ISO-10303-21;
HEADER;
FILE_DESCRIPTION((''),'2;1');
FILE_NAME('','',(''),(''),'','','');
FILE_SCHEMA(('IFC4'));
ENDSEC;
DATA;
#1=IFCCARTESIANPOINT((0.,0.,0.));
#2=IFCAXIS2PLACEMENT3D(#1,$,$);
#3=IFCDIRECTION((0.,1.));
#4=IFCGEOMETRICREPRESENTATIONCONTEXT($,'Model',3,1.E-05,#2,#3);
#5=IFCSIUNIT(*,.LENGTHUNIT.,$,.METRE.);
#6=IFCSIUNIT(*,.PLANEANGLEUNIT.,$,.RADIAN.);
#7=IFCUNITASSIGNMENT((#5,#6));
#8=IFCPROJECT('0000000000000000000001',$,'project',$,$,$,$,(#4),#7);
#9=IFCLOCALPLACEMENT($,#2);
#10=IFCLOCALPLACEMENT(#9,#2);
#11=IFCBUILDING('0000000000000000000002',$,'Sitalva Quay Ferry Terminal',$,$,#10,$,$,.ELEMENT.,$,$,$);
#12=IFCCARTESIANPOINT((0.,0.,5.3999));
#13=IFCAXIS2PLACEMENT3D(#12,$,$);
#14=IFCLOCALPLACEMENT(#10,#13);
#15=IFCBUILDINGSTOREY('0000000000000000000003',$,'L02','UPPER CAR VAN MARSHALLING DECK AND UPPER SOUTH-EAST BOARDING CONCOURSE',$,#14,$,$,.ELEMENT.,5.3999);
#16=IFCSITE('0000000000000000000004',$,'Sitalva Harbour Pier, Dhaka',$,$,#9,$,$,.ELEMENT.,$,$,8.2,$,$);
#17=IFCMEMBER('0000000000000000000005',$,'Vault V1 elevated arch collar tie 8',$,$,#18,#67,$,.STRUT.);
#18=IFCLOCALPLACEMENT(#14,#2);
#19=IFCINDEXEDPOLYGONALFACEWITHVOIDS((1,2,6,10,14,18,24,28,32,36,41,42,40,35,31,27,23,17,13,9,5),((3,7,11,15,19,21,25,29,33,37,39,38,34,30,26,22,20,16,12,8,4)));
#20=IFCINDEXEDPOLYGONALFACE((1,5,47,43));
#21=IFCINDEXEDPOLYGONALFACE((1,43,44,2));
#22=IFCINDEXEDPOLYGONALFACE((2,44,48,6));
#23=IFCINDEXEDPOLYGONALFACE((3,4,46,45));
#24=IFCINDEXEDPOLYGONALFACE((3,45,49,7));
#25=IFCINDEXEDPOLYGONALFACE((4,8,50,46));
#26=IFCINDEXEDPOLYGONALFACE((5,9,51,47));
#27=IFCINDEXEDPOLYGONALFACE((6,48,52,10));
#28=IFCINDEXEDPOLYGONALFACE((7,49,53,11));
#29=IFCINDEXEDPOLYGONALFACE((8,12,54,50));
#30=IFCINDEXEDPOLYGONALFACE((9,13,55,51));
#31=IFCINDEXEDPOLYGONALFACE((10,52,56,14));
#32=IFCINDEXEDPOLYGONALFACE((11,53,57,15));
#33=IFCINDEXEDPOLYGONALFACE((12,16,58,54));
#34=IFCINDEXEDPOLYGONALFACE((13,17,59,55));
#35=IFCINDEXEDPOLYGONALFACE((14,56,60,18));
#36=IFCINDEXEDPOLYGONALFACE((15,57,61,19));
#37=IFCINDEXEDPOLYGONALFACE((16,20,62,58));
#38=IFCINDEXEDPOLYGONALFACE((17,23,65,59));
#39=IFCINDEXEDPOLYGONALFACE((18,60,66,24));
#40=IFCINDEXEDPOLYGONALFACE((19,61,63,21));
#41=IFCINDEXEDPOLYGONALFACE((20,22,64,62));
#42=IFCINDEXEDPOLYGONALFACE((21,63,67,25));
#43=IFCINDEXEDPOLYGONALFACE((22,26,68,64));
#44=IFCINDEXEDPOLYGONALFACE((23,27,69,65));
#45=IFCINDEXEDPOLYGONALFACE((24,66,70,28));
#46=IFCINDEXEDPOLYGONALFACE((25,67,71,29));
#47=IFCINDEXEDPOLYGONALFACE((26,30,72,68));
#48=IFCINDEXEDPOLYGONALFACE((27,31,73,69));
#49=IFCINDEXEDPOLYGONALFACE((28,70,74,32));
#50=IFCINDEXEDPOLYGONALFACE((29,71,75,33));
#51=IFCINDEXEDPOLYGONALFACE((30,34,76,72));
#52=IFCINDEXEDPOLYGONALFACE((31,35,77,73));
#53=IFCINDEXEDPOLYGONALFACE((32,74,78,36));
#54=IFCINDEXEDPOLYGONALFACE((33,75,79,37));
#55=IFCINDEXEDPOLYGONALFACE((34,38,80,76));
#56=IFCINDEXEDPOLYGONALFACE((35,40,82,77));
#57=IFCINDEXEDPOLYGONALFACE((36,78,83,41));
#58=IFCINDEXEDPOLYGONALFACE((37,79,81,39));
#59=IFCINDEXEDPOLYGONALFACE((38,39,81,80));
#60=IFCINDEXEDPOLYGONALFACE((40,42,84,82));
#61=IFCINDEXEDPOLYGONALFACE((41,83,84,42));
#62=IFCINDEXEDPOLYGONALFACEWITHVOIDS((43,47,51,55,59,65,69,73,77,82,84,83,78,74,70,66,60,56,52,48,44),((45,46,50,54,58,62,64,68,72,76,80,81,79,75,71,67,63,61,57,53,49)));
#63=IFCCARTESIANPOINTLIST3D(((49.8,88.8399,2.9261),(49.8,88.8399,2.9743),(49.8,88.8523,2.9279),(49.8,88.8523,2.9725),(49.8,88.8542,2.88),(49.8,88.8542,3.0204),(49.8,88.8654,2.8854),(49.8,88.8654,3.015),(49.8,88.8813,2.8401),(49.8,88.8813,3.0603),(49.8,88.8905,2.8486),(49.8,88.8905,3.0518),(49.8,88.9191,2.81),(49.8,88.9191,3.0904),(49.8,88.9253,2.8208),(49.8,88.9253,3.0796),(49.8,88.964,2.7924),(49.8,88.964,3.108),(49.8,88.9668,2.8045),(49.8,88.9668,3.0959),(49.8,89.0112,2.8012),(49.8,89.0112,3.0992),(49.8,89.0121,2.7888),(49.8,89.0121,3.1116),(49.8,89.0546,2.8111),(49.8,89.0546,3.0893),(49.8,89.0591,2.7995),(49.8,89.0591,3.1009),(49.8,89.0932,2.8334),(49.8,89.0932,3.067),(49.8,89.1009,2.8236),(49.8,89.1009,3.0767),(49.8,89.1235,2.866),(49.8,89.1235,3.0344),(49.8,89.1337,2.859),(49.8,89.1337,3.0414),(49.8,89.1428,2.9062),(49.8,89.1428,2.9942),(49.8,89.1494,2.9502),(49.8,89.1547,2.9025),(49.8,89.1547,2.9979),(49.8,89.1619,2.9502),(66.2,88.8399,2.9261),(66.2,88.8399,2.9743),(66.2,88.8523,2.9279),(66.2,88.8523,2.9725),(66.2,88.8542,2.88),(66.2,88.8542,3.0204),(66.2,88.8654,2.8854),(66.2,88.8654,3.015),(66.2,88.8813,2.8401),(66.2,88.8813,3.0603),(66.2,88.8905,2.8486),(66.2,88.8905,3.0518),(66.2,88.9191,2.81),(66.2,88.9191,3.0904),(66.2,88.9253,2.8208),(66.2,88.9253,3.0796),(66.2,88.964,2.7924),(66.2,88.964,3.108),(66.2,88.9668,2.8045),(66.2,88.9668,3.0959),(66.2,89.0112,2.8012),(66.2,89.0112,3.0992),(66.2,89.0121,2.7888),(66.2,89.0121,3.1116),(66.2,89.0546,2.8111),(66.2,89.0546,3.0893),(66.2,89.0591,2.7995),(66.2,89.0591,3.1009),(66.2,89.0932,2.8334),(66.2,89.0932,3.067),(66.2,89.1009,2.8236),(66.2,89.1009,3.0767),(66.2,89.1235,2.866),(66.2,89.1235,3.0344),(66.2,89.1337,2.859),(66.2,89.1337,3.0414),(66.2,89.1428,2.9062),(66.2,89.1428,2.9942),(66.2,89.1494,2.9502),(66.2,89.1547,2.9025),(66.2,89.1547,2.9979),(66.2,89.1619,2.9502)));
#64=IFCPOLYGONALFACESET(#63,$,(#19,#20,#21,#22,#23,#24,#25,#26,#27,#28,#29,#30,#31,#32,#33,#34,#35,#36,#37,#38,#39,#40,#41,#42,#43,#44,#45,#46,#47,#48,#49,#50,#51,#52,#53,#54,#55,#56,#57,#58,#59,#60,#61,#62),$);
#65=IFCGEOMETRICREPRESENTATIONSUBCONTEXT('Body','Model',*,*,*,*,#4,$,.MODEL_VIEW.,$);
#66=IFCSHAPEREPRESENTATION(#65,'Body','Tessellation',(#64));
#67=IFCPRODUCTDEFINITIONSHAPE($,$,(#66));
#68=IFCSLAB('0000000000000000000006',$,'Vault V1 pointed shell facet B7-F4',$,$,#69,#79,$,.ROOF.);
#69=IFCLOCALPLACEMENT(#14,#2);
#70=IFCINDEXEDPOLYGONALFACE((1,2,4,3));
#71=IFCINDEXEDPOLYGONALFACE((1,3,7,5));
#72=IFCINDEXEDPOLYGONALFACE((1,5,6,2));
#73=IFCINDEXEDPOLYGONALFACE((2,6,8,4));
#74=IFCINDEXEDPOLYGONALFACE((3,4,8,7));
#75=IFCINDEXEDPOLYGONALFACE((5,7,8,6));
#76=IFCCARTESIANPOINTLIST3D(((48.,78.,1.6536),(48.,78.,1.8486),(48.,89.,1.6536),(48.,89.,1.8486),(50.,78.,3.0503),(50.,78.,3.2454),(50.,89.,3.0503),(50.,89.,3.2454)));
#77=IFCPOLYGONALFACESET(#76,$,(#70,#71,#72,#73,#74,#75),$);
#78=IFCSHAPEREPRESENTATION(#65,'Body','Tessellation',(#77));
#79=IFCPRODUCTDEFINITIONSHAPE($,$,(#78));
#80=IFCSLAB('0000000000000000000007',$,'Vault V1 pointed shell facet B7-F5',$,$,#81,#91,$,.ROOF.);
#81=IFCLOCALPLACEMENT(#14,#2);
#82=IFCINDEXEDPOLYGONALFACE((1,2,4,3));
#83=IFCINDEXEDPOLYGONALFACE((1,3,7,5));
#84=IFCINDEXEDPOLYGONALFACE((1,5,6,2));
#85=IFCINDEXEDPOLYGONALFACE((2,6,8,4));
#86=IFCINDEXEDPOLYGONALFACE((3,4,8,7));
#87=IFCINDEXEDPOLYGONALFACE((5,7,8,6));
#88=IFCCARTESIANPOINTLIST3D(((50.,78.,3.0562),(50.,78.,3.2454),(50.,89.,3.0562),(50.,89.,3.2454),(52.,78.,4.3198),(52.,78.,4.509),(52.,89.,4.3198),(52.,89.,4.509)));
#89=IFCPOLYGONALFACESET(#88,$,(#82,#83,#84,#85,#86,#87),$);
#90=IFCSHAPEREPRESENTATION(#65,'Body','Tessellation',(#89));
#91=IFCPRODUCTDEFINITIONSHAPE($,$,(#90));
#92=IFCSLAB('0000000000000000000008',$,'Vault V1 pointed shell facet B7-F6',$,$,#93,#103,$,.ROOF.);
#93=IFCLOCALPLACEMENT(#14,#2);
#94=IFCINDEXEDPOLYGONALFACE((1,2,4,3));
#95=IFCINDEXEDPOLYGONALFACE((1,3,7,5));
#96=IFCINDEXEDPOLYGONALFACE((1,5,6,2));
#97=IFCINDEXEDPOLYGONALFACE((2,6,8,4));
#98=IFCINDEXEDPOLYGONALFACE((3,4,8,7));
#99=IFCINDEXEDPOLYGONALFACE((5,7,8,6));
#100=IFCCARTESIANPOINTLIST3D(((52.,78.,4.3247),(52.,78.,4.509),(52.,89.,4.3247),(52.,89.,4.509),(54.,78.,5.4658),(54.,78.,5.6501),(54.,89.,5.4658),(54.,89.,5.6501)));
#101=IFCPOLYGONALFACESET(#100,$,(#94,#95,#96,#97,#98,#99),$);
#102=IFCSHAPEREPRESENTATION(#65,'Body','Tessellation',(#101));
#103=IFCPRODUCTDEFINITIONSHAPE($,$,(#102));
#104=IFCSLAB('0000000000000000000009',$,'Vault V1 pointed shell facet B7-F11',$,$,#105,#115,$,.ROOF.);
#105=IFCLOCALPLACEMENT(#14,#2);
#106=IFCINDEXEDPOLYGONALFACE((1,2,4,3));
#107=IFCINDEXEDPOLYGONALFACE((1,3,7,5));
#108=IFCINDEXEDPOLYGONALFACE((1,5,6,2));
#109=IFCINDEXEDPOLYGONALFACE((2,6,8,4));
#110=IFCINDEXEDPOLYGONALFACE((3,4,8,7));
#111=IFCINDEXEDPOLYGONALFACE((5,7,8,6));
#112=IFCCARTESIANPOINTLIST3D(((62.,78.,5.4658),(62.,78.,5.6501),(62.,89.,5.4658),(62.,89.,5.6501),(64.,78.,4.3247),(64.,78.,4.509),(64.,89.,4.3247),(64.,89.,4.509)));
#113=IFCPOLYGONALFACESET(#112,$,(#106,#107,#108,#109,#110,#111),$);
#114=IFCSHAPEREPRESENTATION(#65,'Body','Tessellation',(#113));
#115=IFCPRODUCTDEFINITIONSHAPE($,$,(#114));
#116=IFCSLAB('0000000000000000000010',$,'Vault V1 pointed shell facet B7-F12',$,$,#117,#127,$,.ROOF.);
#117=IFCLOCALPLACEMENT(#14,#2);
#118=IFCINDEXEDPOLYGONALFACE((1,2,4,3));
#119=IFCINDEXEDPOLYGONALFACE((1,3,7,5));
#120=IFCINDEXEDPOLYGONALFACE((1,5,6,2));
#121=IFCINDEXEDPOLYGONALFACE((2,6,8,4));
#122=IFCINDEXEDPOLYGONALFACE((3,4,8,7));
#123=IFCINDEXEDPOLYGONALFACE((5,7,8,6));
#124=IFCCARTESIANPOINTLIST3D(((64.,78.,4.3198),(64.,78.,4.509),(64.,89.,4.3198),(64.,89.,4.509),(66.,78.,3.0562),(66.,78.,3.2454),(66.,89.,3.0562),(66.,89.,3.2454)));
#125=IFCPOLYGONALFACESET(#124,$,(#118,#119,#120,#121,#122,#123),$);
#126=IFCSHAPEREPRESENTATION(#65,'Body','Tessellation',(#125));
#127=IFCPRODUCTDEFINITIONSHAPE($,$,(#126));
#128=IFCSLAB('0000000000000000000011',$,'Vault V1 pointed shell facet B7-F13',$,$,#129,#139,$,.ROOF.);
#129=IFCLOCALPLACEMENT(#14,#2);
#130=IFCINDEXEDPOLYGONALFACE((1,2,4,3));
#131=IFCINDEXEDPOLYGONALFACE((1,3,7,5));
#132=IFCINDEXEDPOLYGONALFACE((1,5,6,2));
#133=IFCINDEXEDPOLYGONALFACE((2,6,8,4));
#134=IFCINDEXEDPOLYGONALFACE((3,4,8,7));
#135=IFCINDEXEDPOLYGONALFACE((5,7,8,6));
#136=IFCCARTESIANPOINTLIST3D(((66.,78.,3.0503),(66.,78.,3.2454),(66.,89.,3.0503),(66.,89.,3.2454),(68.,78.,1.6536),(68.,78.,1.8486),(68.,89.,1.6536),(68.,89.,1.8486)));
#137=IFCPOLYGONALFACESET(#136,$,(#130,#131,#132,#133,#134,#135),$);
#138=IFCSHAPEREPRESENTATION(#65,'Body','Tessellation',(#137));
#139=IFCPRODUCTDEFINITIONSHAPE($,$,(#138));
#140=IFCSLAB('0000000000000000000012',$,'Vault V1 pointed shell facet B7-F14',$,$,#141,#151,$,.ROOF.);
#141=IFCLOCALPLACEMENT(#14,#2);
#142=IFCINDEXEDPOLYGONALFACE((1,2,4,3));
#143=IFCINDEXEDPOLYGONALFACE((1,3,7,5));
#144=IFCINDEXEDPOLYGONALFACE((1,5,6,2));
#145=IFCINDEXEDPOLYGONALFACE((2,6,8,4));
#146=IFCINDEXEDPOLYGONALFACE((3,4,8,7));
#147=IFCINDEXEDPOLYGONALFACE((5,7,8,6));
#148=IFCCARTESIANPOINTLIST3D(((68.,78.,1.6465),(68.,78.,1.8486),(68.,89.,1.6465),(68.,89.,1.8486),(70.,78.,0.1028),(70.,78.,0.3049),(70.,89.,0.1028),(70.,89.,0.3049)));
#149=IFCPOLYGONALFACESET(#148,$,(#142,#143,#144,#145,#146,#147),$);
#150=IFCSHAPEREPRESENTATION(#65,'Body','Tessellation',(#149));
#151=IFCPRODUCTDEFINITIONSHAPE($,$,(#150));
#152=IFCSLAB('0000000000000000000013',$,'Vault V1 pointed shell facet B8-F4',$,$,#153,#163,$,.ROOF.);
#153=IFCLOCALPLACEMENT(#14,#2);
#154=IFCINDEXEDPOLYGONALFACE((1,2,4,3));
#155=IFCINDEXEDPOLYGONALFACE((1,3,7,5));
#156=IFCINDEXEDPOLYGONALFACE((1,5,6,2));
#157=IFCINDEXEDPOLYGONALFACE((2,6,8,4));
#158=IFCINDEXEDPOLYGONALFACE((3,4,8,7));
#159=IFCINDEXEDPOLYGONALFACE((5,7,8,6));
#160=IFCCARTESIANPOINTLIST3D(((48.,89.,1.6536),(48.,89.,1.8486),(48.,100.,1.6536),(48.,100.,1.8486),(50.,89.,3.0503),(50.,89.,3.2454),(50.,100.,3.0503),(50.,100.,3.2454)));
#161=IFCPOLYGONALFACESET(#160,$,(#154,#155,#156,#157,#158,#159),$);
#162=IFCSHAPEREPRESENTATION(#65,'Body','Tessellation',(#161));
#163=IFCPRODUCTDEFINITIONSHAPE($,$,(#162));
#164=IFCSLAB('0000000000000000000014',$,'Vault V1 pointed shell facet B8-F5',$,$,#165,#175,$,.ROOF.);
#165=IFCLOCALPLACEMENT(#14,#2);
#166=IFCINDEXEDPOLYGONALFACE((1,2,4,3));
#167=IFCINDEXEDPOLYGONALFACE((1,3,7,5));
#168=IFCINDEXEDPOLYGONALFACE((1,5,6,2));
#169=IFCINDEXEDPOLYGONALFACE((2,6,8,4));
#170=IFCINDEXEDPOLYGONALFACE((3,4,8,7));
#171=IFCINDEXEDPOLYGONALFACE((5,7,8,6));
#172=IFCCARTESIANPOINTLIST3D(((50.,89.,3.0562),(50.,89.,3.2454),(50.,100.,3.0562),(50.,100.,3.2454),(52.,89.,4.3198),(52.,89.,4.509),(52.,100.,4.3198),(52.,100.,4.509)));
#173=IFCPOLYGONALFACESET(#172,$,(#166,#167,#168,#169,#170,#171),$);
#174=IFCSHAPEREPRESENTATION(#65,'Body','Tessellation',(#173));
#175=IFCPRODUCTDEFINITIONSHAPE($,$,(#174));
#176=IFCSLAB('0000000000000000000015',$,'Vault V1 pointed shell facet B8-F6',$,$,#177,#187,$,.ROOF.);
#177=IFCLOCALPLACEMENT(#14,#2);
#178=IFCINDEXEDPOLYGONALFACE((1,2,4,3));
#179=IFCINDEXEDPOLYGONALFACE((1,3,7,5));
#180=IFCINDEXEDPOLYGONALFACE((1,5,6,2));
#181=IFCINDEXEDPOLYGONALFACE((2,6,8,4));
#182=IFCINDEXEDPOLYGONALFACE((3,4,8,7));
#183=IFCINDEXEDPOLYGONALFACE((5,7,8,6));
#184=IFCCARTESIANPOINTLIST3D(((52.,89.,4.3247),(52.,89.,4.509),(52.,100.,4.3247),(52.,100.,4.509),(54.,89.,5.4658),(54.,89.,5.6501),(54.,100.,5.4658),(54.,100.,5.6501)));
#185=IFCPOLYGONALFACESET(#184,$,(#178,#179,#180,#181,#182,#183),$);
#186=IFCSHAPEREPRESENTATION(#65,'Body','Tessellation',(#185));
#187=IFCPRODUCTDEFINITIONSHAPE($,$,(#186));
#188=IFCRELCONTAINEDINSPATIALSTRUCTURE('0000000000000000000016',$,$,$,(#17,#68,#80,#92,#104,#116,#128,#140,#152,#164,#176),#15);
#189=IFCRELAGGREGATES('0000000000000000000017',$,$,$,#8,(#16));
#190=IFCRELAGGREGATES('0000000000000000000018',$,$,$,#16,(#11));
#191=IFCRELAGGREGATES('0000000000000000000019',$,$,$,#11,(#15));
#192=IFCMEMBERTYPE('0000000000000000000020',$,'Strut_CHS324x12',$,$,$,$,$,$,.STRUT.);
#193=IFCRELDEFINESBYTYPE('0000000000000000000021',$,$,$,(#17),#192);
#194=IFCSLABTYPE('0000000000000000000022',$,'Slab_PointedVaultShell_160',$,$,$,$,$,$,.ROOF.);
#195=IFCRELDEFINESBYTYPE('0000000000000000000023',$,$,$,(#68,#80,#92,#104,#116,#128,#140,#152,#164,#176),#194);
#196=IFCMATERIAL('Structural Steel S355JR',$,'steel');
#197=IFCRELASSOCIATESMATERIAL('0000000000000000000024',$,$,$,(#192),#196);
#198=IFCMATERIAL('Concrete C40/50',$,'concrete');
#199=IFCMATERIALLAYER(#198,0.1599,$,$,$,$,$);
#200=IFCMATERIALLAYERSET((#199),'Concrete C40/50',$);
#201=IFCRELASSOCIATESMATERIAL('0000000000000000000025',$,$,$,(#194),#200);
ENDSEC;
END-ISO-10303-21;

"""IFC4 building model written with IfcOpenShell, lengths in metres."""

from ifc_helpers import new_model, si_unit, direction, frame, origin, origin_2d, place, context, subcontext, project, spatial, polyline, hollow_circle, outline, extrude, material, layer, layer_set, material_profile, profile_set, type_object, element, save


model = new_model("IFC4")

# Units and contexts
model_context = context("Model", 3, precision=1e-05, world=origin(), true_north=direction((0.0, 1.0)))
body_context = subcontext(model_context, "Body", "Model", "MODEL_VIEW")
ifc_project = project(units=[si_unit("LENGTHUNIT", "METRE"), si_unit("PLANEANGLEUNIT", "RADIAN")], contexts=[model_context])

# Site, building, storey
site_placement = place(None, origin())
site = spatial("IfcSite", under=ifc_project, at=site_placement, Name="Sitalva Harbour Pier, Dhaka", CompositionType="ELEMENT", RefElevation=8.2)
building_placement = place(site_placement, origin())
building = spatial("IfcBuilding", under=site, at=building_placement, Name="Sitalva Quay Ferry Terminal", CompositionType="ELEMENT")
storey_placement = place(building_placement, frame((0.0, 0.0, 5.3999)))
storey = spatial("IfcBuildingStorey", under=building, at=storey_placement, Name="L02", Description="UPPER CAR VAN MARSHALLING DECK AND UPPER SOUTH-EAST BOARDING CONCOURSE", CompositionType="ELEMENT", Elevation=5.3999)

# Member
ifc_material_1 = material(Name="Structural Steel S355JR", Category="steel")
ifc_material_profile_1 = material_profile(ifc_material_1, hollow_circle(Radius=0.1619, WallThickness=0.0125, at=origin_2d()), Name="CHS324x12.5")
ifc_profile_set_1 = profile_set([ifc_material_profile_1], Name="Structural Steel S355JR")
member_type = type_object("IfcMemberType", Name="Strut_CHS324x12", PredefinedType="STRUT", material=ifc_profile_set_1)
for number, where, z_axis, x_axis, name in (
    (1, (49.8, 89.0, 2.9502), (1.0, 0.0, 0.0), (0.0, 1.0, 0.0), "Vault V1 elevated arch collar tie 8"),
):
    element("IfcMember", number, at=place(storey_placement, frame(where, z_axis=z_axis, x_axis=x_axis)), inside=storey, type_object=member_type, Name=name, PredefinedType="STRUT", context=body_context, shape_type="SweptSolid", body=[
        extrude(hollow_circle(Radius=0.1619, WallThickness=0.0125, at=origin_2d()), origin(), (0.0, 0.0, 1.0), 16.3999),
    ])

# Slabs
ifc_material_2 = material(Name="Concrete C40/50", Category="concrete")
ifc_layer = layer(ifc_material_2, 0.1599)
ifc_layer_set = layer_set([ifc_layer], Name="Concrete C40/50")
slab_type = type_object("IfcSlabType", Name="Slab_PointedVaultShell_160", PredefinedType="ROOF", material=ifc_layer_set)
slab_1_placement = place(storey_placement, frame((48.0, 78.0, 1.8486), z_axis=(-0.572562, 0.0, 0.819861), x_axis=(0.819861, 0.0, 0.572562)))
element("IfcSlab", 2, at=slab_1_placement, inside=storey, type_object=slab_type, Name="Vault V1 pointed shell facet B7-F4", PredefinedType="ROOF", context=body_context, shape_type="SweptSolid", body=[
    extrude(outline(polyline([(0.0, 0.0), (2.4394, 0.0), (2.4394, 11.0), (0.0, 11.0), (0.0, 0.0)])), origin(), (-0.572562, 0.0, -0.819861), 0.1951),
])
slab_2_placement = place(storey_placement, frame((50.0, 78.0, 3.2454), z_axis=(-0.534148, 0.0, 0.845391), x_axis=(0.845391, 0.0, 0.534148)))
element("IfcSlab", 3, at=slab_2_placement, inside=storey, type_object=slab_type, Name="Vault V1 pointed shell facet B7-F5", PredefinedType="ROOF", context=body_context, shape_type="SweptSolid", body=[
    extrude(outline(polyline([(0.0, 0.0), (2.3658, 0.0), (2.3658, 11.0), (0.0, 11.0), (0.0, 0.0)])), origin(), (-0.534148, 0.0, -0.845391), 0.1892),
])
slab_3_placement = place(storey_placement, frame((52.0, 78.0, 4.509), z_axis=(-0.495568, 0.0, 0.868569), x_axis=(0.868569, 0.0, 0.495568)))
element("IfcSlab", 4, at=slab_3_placement, inside=storey, type_object=slab_type, Name="Vault V1 pointed shell facet B7-F6", PredefinedType="ROOF", context=body_context, shape_type="SweptSolid", body=[
    extrude(outline(polyline([(0.0, 0.0), (2.3026, 0.0), (2.3026, 11.0), (0.0, 11.0), (0.0, 0.0)])), origin(), (-0.495568, 0.0, -0.868569), 0.1843),
])
slab_4_placement = place(storey_placement, frame((62.0, 78.0, 5.6501), z_axis=(0.495568, 0.0, 0.868569), x_axis=(0.868569, 0.0, -0.495568)))
element("IfcSlab", 5, at=slab_4_placement, inside=storey, type_object=slab_type, Name="Vault V1 pointed shell facet B7-F11", PredefinedType="ROOF", context=body_context, shape_type="SweptSolid", body=[
    extrude(outline(polyline([(0.0, 0.0), (2.3026, 0.0), (2.3026, 11.0), (0.0, 11.0), (0.0, 0.0)])), origin(), (0.495568, 0.0, -0.868569), 0.1843),
])
slab_5_placement = place(storey_placement, frame((64.0, 78.0, 4.509), z_axis=(0.534148, 0.0, 0.845391), x_axis=(0.845391, 0.0, -0.534148)))
element("IfcSlab", 6, at=slab_5_placement, inside=storey, type_object=slab_type, Name="Vault V1 pointed shell facet B7-F12", PredefinedType="ROOF", context=body_context, shape_type="SweptSolid", body=[
    extrude(outline(polyline([(0.0, 0.0), (2.3658, 0.0), (2.3658, 11.0), (0.0, 11.0), (0.0, 0.0)])), origin(), (0.534148, 0.0, -0.845391), 0.1892),
])
slab_6_placement = place(storey_placement, frame((66.0, 78.0, 3.2454), z_axis=(0.572562, 0.0, 0.819861), x_axis=(0.819861, 0.0, -0.572562)))
element("IfcSlab", 7, at=slab_6_placement, inside=storey, type_object=slab_type, Name="Vault V1 pointed shell facet B7-F13", PredefinedType="ROOF", context=body_context, shape_type="SweptSolid", body=[
    extrude(outline(polyline([(0.0, 0.0), (2.4394, 0.0), (2.4394, 11.0), (0.0, 11.0), (0.0, 0.0)])), origin(), (0.572562, 0.0, -0.819861), 0.1951),
])
slab_7_placement = place(storey_placement, frame((68.0, 78.0, 1.8486), z_axis=(0.611013, 0.0, 0.791621), x_axis=(0.791621, 0.0, -0.611013)))
element("IfcSlab", 8, at=slab_7_placement, inside=storey, type_object=slab_type, Name="Vault V1 pointed shell facet B7-F14", PredefinedType="ROOF", context=body_context, shape_type="SweptSolid", body=[
    extrude(outline(polyline([(0.0, 0.0), (2.5265, 0.0), (2.5265, 11.0), (0.0, 11.0), (0.0, 0.0)])), origin(), (0.611013, 0.0, -0.791621), 0.2021),
])
slab_8_placement = place(storey_placement, frame((48.0, 89.0, 1.8486), z_axis=(-0.572562, 0.0, 0.819861), x_axis=(0.819861, 0.0, 0.572562)))
element("IfcSlab", 9, at=slab_8_placement, inside=storey, type_object=slab_type, Name="Vault V1 pointed shell facet B8-F4", PredefinedType="ROOF", context=body_context, shape_type="SweptSolid", body=[
    extrude(outline(polyline([(0.0, 0.0), (2.4394, 0.0), (2.4394, 11.0), (0.0, 11.0), (0.0, 0.0)])), origin(), (-0.572562, 0.0, -0.819861), 0.1951),
])
slab_9_placement = place(storey_placement, frame((50.0, 89.0, 3.2454), z_axis=(-0.534148, 0.0, 0.845391), x_axis=(0.845391, 0.0, 0.534148)))
element("IfcSlab", 10, at=slab_9_placement, inside=storey, type_object=slab_type, Name="Vault V1 pointed shell facet B8-F5", PredefinedType="ROOF", context=body_context, shape_type="SweptSolid", body=[
    extrude(outline(polyline([(0.0, 0.0), (2.3658, 0.0), (2.3658, 11.0), (0.0, 11.0), (0.0, 0.0)])), origin(), (-0.534148, 0.0, -0.845391), 0.1892),
])
slab_10_placement = place(storey_placement, frame((52.0, 89.0, 4.509), z_axis=(-0.495568, 0.0, 0.868569), x_axis=(0.868569, 0.0, 0.495568)))
element("IfcSlab", 11, at=slab_10_placement, inside=storey, type_object=slab_type, Name="Vault V1 pointed shell facet B8-F6", PredefinedType="ROOF", context=body_context, shape_type="SweptSolid", body=[
    extrude(outline(polyline([(0.0, 0.0), (2.3026, 0.0), (2.3026, 11.0), (0.0, 11.0), (0.0, 0.0)])), origin(), (-0.495568, 0.0, -0.868569), 0.1843),
])

save(model, "model.ifc")
